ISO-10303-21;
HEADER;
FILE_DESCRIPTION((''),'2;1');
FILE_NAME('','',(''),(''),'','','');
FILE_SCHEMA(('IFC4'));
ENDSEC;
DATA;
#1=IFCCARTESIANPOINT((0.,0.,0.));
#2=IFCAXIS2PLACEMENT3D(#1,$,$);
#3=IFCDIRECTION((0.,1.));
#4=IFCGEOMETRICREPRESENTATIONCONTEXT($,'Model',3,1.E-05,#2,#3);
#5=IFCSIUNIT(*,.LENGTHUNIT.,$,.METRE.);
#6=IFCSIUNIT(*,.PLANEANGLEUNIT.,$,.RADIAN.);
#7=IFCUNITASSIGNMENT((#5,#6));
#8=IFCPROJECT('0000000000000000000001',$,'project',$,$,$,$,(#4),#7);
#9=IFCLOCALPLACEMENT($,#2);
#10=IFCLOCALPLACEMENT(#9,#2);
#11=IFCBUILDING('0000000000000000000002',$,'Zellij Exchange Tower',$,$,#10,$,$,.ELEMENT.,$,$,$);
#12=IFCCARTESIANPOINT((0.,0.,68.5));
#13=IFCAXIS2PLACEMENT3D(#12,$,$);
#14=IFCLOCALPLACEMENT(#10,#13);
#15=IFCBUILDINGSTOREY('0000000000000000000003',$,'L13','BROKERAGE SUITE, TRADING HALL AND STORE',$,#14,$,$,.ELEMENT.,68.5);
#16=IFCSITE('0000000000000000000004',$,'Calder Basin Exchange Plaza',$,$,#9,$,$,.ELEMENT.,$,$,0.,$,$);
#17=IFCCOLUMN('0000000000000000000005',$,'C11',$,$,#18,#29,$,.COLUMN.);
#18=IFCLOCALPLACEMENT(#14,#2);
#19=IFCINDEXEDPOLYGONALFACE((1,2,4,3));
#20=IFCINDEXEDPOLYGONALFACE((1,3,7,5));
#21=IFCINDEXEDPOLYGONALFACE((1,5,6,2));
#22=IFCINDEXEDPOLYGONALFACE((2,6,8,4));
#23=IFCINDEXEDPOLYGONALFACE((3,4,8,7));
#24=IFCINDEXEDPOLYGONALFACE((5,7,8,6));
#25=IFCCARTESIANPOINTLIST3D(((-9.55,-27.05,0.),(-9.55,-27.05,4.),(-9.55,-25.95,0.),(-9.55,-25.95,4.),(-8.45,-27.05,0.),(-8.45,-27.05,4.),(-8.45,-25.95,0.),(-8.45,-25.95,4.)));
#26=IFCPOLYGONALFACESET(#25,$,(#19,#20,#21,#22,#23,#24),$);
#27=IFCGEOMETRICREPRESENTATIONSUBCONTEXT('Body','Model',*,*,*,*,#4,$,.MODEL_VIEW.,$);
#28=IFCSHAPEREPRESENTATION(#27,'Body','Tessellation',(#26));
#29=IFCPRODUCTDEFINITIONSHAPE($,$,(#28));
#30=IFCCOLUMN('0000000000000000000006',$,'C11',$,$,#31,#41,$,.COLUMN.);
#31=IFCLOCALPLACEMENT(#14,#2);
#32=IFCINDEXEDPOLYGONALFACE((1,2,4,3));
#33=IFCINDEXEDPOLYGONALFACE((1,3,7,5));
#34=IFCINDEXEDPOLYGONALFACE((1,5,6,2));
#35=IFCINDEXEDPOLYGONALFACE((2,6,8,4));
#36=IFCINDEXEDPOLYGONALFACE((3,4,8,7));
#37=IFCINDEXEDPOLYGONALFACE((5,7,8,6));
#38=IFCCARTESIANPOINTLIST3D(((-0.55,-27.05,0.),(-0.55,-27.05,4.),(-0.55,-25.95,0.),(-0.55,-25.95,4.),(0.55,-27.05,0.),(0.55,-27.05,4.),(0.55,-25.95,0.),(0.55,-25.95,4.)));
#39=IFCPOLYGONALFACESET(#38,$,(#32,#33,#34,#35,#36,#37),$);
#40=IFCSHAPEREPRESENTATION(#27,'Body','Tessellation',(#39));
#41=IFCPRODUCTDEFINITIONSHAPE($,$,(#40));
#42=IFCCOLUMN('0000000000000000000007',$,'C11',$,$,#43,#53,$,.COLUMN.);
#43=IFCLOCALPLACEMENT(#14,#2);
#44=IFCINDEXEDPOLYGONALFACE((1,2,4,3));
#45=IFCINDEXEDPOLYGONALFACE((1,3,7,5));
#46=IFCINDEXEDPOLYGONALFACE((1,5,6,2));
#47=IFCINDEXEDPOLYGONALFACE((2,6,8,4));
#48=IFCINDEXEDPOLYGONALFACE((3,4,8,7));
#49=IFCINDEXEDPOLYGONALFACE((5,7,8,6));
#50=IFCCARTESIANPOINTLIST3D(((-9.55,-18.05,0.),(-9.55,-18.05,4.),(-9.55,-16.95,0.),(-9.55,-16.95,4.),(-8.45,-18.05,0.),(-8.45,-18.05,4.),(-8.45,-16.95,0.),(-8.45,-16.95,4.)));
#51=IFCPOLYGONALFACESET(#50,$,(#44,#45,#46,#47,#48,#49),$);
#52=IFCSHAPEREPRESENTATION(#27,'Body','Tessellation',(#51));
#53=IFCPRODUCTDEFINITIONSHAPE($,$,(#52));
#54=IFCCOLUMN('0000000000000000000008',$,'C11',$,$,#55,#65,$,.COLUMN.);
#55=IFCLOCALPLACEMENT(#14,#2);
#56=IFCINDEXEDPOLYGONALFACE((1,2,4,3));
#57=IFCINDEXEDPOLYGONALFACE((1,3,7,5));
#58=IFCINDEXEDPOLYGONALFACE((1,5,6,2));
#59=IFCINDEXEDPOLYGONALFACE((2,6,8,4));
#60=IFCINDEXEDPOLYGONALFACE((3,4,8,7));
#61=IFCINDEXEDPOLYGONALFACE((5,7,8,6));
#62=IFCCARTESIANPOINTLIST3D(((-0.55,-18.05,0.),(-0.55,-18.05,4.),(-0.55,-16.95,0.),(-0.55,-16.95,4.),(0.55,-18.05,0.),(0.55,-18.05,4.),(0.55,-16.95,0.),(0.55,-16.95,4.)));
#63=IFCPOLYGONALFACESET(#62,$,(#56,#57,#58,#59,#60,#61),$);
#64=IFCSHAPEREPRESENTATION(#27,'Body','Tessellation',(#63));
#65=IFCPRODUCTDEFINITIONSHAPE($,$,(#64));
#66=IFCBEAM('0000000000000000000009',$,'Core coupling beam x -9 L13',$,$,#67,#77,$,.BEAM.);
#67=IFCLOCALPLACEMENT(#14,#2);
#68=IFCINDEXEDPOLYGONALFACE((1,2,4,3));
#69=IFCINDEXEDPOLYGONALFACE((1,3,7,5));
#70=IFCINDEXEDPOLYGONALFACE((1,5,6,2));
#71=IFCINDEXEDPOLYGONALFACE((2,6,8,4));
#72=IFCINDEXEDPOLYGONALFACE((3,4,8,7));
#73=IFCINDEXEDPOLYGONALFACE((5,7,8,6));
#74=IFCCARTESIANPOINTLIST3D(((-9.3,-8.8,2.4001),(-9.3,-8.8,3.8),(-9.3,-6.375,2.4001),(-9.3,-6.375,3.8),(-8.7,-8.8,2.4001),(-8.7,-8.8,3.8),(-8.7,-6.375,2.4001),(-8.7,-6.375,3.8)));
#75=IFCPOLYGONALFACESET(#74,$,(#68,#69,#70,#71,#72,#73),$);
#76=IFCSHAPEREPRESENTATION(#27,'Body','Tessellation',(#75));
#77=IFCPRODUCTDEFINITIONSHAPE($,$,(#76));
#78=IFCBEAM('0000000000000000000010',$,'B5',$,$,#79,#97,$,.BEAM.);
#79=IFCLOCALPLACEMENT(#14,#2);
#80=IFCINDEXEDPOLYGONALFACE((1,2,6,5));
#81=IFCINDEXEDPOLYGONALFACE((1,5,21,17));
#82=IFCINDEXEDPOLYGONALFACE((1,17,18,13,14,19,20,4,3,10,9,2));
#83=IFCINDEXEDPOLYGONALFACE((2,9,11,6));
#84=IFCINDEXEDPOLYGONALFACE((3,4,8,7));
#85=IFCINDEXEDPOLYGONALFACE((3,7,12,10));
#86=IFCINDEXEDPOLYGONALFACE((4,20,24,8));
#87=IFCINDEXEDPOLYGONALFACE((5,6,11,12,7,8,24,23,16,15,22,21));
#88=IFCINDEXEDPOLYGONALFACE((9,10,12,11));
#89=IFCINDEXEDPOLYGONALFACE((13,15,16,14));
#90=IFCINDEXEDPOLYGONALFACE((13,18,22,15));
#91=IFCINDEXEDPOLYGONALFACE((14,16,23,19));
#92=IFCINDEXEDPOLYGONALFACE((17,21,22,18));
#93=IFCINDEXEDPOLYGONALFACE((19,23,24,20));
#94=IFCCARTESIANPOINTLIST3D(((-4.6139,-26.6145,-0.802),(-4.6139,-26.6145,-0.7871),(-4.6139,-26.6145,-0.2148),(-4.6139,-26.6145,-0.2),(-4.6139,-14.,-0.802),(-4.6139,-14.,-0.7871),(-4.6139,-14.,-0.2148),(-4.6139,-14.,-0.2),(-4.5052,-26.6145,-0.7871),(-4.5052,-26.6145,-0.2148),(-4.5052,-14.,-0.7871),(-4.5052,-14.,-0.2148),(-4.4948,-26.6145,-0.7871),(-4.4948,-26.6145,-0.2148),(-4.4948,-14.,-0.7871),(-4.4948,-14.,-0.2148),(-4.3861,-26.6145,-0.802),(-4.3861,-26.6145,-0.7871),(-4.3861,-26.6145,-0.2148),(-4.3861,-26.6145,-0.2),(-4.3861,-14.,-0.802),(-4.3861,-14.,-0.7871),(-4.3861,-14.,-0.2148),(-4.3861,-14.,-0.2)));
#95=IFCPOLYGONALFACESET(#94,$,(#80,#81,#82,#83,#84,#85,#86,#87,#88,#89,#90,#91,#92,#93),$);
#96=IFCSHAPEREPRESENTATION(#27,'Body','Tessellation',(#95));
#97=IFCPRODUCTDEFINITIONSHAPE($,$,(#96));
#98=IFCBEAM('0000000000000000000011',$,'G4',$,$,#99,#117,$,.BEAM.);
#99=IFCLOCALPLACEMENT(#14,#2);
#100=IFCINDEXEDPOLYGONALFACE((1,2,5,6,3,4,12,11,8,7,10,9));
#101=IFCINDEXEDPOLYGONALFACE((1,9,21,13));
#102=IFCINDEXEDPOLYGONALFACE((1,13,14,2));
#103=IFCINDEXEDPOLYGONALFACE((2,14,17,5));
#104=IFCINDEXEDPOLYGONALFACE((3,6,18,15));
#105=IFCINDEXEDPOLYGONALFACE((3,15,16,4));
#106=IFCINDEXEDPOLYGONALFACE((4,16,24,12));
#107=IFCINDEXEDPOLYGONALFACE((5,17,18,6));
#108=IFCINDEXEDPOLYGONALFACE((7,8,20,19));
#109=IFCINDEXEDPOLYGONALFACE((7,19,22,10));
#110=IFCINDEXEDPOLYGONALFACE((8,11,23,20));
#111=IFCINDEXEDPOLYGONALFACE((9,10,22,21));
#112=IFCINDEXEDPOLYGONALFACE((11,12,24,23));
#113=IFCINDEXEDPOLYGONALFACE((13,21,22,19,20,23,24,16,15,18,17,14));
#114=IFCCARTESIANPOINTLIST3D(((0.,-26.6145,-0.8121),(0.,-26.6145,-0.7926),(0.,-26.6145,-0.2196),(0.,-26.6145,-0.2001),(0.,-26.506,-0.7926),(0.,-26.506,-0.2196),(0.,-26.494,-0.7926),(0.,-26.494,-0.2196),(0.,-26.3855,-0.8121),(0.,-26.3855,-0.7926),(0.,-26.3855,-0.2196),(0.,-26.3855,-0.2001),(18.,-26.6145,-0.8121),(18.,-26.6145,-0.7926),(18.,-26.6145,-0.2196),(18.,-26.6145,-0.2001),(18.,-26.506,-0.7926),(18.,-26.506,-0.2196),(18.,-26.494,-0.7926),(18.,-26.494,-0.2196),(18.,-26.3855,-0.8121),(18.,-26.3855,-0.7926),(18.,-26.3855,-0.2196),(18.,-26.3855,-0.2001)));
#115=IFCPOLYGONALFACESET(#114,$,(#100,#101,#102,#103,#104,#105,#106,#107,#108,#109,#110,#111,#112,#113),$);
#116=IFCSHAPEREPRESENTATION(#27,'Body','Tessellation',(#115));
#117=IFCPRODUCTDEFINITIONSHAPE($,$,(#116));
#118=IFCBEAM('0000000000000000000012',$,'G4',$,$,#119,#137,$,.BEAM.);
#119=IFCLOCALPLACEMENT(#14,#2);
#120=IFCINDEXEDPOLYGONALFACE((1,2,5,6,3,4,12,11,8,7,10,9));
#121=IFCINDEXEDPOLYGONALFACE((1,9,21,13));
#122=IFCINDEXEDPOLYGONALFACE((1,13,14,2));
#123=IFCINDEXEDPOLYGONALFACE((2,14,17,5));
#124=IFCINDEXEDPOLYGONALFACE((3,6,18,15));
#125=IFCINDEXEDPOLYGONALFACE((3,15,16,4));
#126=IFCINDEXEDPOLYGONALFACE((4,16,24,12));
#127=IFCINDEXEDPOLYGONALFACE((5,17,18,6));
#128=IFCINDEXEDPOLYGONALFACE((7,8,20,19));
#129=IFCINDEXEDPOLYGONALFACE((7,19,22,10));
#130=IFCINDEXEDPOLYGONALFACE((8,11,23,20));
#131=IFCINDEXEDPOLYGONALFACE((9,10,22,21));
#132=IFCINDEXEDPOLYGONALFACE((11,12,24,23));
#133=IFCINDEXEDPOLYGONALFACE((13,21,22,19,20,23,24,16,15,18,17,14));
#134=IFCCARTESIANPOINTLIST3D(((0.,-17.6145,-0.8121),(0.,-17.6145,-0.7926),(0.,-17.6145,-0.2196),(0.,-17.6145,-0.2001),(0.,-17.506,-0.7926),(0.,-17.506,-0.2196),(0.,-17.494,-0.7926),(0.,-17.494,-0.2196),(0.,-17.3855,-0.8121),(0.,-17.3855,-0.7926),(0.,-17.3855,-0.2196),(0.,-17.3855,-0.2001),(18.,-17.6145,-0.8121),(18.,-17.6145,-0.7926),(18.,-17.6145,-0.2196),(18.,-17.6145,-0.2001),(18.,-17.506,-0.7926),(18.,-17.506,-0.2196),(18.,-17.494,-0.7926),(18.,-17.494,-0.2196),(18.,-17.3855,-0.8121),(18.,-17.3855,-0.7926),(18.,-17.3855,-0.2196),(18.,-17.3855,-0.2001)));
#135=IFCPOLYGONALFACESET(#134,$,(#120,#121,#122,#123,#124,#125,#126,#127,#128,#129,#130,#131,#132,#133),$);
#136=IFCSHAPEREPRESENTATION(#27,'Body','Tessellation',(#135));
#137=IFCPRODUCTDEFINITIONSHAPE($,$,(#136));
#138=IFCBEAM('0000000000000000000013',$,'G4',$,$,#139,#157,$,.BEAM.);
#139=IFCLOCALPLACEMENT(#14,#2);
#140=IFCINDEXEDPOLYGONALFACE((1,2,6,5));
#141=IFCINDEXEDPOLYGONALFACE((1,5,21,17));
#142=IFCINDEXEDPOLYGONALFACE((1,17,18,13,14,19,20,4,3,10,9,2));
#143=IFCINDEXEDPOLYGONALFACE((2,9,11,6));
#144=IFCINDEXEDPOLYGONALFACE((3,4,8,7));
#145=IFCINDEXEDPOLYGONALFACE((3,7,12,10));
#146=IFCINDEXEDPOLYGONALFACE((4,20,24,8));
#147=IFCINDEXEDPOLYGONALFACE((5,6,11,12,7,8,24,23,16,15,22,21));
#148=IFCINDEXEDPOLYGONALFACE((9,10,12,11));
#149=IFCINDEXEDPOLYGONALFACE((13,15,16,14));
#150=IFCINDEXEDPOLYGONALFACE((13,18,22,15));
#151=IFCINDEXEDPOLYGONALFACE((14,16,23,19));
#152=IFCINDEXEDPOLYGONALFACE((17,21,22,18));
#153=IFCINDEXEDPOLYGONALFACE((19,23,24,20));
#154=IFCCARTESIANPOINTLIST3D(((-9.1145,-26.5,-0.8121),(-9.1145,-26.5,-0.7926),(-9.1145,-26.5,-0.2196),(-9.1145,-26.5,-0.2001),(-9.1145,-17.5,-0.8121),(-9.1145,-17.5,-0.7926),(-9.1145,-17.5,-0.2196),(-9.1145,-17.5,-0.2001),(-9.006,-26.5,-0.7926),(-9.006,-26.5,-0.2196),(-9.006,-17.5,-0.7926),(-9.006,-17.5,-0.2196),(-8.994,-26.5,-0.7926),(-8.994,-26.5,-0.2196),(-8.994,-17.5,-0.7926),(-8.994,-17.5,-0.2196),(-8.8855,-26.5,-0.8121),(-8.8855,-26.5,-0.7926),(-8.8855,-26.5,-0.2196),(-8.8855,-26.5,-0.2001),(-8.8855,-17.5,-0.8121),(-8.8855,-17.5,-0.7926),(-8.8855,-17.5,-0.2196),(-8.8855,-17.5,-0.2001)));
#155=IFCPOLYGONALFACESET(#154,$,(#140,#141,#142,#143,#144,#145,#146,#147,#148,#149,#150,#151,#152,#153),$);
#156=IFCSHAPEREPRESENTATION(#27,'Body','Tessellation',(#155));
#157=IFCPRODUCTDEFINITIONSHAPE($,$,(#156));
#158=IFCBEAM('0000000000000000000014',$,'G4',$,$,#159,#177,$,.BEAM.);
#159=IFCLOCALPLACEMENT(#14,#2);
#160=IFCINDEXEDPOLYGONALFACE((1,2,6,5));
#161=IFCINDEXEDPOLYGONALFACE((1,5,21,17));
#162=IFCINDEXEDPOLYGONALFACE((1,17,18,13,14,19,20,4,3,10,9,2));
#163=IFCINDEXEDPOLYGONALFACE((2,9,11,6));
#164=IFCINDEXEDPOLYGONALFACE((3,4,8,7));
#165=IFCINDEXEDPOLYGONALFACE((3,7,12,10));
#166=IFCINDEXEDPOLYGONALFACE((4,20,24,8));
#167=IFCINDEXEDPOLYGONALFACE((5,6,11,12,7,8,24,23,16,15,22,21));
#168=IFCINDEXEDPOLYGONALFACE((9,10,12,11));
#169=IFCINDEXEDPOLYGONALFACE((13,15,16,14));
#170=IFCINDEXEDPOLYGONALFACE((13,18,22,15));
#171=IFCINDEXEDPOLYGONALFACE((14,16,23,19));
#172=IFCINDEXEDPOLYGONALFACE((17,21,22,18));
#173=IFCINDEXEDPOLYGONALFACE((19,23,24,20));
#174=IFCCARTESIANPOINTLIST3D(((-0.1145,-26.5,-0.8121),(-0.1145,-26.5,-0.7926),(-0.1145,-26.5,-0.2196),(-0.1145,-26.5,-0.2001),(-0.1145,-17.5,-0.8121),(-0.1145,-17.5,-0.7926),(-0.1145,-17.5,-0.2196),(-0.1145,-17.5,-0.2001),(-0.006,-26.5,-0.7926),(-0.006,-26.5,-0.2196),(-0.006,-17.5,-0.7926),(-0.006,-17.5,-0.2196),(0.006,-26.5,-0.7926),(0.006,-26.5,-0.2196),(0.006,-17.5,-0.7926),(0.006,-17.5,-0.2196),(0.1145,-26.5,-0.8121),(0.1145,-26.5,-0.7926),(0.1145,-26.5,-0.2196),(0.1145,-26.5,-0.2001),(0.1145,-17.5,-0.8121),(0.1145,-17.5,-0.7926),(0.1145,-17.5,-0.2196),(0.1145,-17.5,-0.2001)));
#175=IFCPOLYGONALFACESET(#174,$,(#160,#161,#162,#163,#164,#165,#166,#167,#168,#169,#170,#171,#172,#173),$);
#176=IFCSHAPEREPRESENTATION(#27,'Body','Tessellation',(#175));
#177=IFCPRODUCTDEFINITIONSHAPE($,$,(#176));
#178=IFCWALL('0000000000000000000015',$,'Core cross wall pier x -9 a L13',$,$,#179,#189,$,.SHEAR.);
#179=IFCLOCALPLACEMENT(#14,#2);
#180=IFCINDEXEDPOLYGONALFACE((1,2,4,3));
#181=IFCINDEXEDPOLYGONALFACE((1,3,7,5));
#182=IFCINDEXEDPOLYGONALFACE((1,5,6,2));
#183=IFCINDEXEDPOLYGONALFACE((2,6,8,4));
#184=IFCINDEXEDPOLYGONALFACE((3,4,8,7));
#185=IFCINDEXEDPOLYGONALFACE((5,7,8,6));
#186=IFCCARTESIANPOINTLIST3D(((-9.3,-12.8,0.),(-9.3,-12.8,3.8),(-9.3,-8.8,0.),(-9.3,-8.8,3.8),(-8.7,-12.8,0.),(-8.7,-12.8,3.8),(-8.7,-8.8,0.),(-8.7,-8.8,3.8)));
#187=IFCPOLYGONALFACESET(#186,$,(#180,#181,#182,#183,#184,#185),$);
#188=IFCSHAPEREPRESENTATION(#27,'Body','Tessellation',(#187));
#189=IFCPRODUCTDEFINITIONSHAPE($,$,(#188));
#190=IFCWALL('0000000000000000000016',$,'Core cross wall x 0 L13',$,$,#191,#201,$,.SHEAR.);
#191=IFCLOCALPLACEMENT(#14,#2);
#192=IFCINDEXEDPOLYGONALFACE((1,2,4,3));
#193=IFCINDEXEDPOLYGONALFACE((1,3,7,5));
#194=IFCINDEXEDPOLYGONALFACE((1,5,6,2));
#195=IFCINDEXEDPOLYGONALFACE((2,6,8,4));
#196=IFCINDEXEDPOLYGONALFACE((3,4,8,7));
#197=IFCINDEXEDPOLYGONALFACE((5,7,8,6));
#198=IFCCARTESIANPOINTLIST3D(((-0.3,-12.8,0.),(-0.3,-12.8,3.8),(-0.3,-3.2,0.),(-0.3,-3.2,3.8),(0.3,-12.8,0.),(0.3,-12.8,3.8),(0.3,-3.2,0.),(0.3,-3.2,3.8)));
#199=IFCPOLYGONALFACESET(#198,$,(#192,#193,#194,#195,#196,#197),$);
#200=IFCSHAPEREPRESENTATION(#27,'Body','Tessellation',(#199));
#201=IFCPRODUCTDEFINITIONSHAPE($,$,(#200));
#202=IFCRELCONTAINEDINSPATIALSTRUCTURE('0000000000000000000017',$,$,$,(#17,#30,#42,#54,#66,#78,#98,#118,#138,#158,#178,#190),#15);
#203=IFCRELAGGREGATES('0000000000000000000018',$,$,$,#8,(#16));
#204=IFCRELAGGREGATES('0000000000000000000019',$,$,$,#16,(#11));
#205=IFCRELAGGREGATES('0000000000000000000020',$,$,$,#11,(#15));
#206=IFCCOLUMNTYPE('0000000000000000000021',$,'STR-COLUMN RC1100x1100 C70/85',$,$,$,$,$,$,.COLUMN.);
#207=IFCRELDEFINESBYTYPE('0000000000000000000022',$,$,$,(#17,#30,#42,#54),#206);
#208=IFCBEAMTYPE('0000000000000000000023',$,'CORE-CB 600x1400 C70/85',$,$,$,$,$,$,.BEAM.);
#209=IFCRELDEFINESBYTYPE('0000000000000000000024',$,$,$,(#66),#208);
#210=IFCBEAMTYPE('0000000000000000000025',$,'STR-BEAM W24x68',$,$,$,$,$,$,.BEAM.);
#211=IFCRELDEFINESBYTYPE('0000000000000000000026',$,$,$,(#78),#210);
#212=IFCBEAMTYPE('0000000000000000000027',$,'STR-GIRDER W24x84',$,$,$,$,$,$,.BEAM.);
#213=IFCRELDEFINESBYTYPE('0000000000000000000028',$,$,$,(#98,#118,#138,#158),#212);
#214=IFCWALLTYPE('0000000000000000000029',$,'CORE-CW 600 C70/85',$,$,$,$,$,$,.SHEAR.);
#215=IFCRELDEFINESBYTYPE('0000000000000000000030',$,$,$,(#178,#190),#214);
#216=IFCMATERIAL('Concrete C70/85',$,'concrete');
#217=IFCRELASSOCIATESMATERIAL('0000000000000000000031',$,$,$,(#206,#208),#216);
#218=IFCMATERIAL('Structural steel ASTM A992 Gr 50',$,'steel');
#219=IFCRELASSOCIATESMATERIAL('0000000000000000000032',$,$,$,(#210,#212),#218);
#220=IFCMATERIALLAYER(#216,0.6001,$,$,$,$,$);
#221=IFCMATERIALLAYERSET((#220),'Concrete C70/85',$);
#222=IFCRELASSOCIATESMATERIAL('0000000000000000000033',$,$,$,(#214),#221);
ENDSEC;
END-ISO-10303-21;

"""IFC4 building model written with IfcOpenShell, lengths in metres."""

from ifc_helpers import new_model, si_unit, direction, frame, frame_2d, origin, origin_2d, place, context, subcontext, project, spatial, rectangle, i_section, extrude, material, layer, layer_set, material_profile, profile_set, type_object, element, save


model = new_model("IFC4")

# Units and contexts
model_context = context("Model", 3, precision=1e-05, world=origin(), true_north=direction((0.0, 1.0)))
body_context = subcontext(model_context, "Body", "Model", "MODEL_VIEW")
ifc_project = project(units=[si_unit("LENGTHUNIT", "METRE"), si_unit("PLANEANGLEUNIT", "RADIAN")], contexts=[model_context])

# Site, building, storey
site_placement = place(None, origin())
site = spatial("IfcSite", under=ifc_project, at=site_placement, Name="Calder Basin Exchange Plaza", CompositionType="ELEMENT", RefElevation=0.0)
building_placement = place(site_placement, origin())
building = spatial("IfcBuilding", under=site, at=building_placement, Name="Zellij Exchange Tower", CompositionType="ELEMENT")
storey_placement = place(building_placement, frame((0.0, 0.0, 68.5)))
storey = spatial("IfcBuildingStorey", under=building, at=storey_placement, Name="L13", Description="BROKERAGE SUITE, TRADING HALL AND STORE", CompositionType="ELEMENT", Elevation=68.5)

# Columns
ifc_material_1 = material(Name="Concrete C70/85", Category="concrete")
ifc_material_profile_1 = material_profile(ifc_material_1, rectangle(XDim=1.1001, YDim=1.1001, at=origin_2d()), Name="STR-COLUMN RC1100x1100 C70/85")
ifc_profile_set_1 = profile_set([ifc_material_profile_1], Name="Concrete C70/85")
column_type = type_object("IfcColumnType", Name="STR-COLUMN RC1100x1100 C70/85", PredefinedType="COLUMN", material=ifc_profile_set_1)
for number, where, z_axis, x_axis, name in (
    (1, (-9.0, -26.5, 0.0), (0.0, 0.0, 1.0), (1.0, 0.0, 0.0), "C11"),
    (2, (0.0, -26.5, 0.0), (0.0, 0.0, 1.0), (1.0, 0.0, 0.0), "C11"),
    (3, (-9.0, -17.5, 0.0), (0.0, 0.0, 1.0), (1.0, 0.0, 0.0), "C11"),
    (4, (0.0, -17.5, 0.0), (0.0, 0.0, 1.0), (1.0, 0.0, 0.0), "C11"),
):
    element("IfcColumn", number, at=place(storey_placement, frame(where, z_axis=z_axis, x_axis=x_axis)), inside=storey, type_object=column_type, Name=name, PredefinedType="COLUMN", context=body_context, shape_type="SweptSolid", body=[
        extrude(rectangle(XDim=1.1001, YDim=1.1001, at=origin_2d()), origin(), (0.0, 0.0, 1.0), 4.0),
    ])

# Beams
ifc_material_profile_2 = material_profile(ifc_material_1, rectangle(XDim=0.6001, YDim=1.3999, at=origin_2d()), Name="CORE-CB 600x1400 C70/85")
ifc_profile_set_2 = profile_set([ifc_material_profile_2], Name="Concrete C70/85")
beam_type_1 = type_object("IfcBeamType", Name="CORE-CB 600x1400 C70/85", PredefinedType="BEAM", material=ifc_profile_set_2)
beam_1_placement = place(storey_placement, frame((-9.0, -8.8, 3.1001), z_axis=(0.0, 1.0, 0.0), x_axis=(-1.0, 0.0, 0.0)))
element("IfcBeam", 5, at=beam_1_placement, inside=storey, type_object=beam_type_1, Name="Core coupling beam x -9 L13", PredefinedType="BEAM", context=body_context, shape_type="SweptSolid", body=[
    extrude(rectangle(XDim=0.6001, YDim=1.3999, at=origin_2d()), origin(), (0.0, 0.0, 1.0), 2.425),
])
ifc_material_2 = material(Name="Structural steel ASTM A992 Gr 50", Category="steel")
ifc_material_profile_3 = material_profile(ifc_material_2, i_section(OverallWidth=0.2278, OverallDepth=0.6021, WebThickness=0.0105, FlangeThickness=0.0149, at=origin_2d()), Name="W24x68")
ifc_profile_set_3 = profile_set([ifc_material_profile_3], Name="Structural steel ASTM A992 Gr 50")
beam_type_2 = type_object("IfcBeamType", Name="STR-BEAM W24x68", PredefinedType="BEAM", material=ifc_profile_set_3)
beam_2_placement = place(storey_placement, frame((-4.5, -26.6145, -0.501), z_axis=(0.0, 1.0, 0.0), x_axis=(-1.0, 0.0, 0.0)))
element("IfcBeam", 6, at=beam_2_placement, inside=storey, type_object=beam_type_2, Name="B5", PredefinedType="BEAM", context=body_context, shape_type="SweptSolid", body=[
    extrude(i_section(OverallWidth=0.2278, OverallDepth=0.6021, WebThickness=0.0105, FlangeThickness=0.0149, at=origin_2d()), origin(), (0.0, 0.0, 1.0), 12.6145),
])
ifc_material_profile_4 = material_profile(ifc_material_2, i_section(OverallWidth=0.229, OverallDepth=0.6121, WebThickness=0.012, FlangeThickness=0.0195, at=origin_2d()), Name="W24x84")
ifc_profile_set_4 = profile_set([ifc_material_profile_4], Name="Structural steel ASTM A992 Gr 50")
beam_type_3 = type_object("IfcBeamType", Name="STR-GIRDER W24x84", PredefinedType="BEAM", material=ifc_profile_set_4)
for number, where, z_axis, x_axis, name in (
    (7, (0.0, -26.5, -0.5061), (1.0, 0.0, 0.0), (0.0, 1.0, 0.0), "G4"),
    (8, (0.0, -17.5, -0.5061), (1.0, 0.0, 0.0), (0.0, 1.0, 0.0), "G4"),
):
    element("IfcBeam", number, at=place(storey_placement, frame(where, z_axis=z_axis, x_axis=x_axis)), inside=storey, type_object=beam_type_3, Name=name, PredefinedType="BEAM", context=body_context, shape_type="SweptSolid", body=[
        extrude(i_section(OverallWidth=0.229, OverallDepth=0.6121, WebThickness=0.012, FlangeThickness=0.0195, at=origin_2d()), origin(), (0.0, 0.0, 1.0), 18.0),
    ])
for number, where, z_axis, x_axis, name in (
    (9, (-9.0, -26.5, -0.5061), (0.0, 1.0, 0.0), (-1.0, 0.0, 0.0), "G4"),
    (10, (0.0, -26.5, -0.5061), (0.0, 1.0, 0.0), (-1.0, 0.0, 0.0), "G4"),
):
    element("IfcBeam", number, at=place(storey_placement, frame(where, z_axis=z_axis, x_axis=x_axis)), inside=storey, type_object=beam_type_3, Name=name, PredefinedType="BEAM", context=body_context, shape_type="SweptSolid", body=[
        extrude(i_section(OverallWidth=0.229, OverallDepth=0.6121, WebThickness=0.012, FlangeThickness=0.0195, at=origin_2d()), origin(), (0.0, 0.0, 1.0), 9.0),
    ])

# Walls
ifc_layer_1 = layer(ifc_material_1, 0.6001)
ifc_layer_set_1 = layer_set([ifc_layer_1], Name="Concrete C70/85")
wall_type_1 = type_object("IfcWallType", Name="CORE-CW 600 C70/85", PredefinedType="SHEAR", material=ifc_layer_set_1)
wall_1_placement = place(storey_placement, frame((-9.0, -12.8, 0.0), z_axis=(0.0, 0.0, 1.0), x_axis=(0.0, 1.0, 0.0)))
element("IfcWall", 11, at=wall_1_placement, inside=storey, type_object=wall_type_1, Name="Core cross wall pier x -9 a L13", PredefinedType="SHEAR", context=body_context, shape_type="SweptSolid", body=[
    extrude(rectangle(XDim=4.0, YDim=0.6001, at=frame_2d((2.0, 0.0))), origin(), (0.0, 0.0, 1.0), 3.8),
])
wall_2_placement = place(storey_placement, frame((0.0, -12.8, 0.0), z_axis=(0.0, 0.0, 1.0), x_axis=(0.0, 1.0, 0.0)))
element("IfcWall", 12, at=wall_2_placement, inside=storey, type_object=wall_type_1, Name="Core cross wall x 0 L13", PredefinedType="SHEAR", context=body_context, shape_type="SweptSolid", body=[
    extrude(rectangle(XDim=9.6001, YDim=0.6001, at=frame_2d((4.8, 0.0))), origin(), (0.0, 0.0, 1.0), 3.8),
])

save(model, "model.ifc")
